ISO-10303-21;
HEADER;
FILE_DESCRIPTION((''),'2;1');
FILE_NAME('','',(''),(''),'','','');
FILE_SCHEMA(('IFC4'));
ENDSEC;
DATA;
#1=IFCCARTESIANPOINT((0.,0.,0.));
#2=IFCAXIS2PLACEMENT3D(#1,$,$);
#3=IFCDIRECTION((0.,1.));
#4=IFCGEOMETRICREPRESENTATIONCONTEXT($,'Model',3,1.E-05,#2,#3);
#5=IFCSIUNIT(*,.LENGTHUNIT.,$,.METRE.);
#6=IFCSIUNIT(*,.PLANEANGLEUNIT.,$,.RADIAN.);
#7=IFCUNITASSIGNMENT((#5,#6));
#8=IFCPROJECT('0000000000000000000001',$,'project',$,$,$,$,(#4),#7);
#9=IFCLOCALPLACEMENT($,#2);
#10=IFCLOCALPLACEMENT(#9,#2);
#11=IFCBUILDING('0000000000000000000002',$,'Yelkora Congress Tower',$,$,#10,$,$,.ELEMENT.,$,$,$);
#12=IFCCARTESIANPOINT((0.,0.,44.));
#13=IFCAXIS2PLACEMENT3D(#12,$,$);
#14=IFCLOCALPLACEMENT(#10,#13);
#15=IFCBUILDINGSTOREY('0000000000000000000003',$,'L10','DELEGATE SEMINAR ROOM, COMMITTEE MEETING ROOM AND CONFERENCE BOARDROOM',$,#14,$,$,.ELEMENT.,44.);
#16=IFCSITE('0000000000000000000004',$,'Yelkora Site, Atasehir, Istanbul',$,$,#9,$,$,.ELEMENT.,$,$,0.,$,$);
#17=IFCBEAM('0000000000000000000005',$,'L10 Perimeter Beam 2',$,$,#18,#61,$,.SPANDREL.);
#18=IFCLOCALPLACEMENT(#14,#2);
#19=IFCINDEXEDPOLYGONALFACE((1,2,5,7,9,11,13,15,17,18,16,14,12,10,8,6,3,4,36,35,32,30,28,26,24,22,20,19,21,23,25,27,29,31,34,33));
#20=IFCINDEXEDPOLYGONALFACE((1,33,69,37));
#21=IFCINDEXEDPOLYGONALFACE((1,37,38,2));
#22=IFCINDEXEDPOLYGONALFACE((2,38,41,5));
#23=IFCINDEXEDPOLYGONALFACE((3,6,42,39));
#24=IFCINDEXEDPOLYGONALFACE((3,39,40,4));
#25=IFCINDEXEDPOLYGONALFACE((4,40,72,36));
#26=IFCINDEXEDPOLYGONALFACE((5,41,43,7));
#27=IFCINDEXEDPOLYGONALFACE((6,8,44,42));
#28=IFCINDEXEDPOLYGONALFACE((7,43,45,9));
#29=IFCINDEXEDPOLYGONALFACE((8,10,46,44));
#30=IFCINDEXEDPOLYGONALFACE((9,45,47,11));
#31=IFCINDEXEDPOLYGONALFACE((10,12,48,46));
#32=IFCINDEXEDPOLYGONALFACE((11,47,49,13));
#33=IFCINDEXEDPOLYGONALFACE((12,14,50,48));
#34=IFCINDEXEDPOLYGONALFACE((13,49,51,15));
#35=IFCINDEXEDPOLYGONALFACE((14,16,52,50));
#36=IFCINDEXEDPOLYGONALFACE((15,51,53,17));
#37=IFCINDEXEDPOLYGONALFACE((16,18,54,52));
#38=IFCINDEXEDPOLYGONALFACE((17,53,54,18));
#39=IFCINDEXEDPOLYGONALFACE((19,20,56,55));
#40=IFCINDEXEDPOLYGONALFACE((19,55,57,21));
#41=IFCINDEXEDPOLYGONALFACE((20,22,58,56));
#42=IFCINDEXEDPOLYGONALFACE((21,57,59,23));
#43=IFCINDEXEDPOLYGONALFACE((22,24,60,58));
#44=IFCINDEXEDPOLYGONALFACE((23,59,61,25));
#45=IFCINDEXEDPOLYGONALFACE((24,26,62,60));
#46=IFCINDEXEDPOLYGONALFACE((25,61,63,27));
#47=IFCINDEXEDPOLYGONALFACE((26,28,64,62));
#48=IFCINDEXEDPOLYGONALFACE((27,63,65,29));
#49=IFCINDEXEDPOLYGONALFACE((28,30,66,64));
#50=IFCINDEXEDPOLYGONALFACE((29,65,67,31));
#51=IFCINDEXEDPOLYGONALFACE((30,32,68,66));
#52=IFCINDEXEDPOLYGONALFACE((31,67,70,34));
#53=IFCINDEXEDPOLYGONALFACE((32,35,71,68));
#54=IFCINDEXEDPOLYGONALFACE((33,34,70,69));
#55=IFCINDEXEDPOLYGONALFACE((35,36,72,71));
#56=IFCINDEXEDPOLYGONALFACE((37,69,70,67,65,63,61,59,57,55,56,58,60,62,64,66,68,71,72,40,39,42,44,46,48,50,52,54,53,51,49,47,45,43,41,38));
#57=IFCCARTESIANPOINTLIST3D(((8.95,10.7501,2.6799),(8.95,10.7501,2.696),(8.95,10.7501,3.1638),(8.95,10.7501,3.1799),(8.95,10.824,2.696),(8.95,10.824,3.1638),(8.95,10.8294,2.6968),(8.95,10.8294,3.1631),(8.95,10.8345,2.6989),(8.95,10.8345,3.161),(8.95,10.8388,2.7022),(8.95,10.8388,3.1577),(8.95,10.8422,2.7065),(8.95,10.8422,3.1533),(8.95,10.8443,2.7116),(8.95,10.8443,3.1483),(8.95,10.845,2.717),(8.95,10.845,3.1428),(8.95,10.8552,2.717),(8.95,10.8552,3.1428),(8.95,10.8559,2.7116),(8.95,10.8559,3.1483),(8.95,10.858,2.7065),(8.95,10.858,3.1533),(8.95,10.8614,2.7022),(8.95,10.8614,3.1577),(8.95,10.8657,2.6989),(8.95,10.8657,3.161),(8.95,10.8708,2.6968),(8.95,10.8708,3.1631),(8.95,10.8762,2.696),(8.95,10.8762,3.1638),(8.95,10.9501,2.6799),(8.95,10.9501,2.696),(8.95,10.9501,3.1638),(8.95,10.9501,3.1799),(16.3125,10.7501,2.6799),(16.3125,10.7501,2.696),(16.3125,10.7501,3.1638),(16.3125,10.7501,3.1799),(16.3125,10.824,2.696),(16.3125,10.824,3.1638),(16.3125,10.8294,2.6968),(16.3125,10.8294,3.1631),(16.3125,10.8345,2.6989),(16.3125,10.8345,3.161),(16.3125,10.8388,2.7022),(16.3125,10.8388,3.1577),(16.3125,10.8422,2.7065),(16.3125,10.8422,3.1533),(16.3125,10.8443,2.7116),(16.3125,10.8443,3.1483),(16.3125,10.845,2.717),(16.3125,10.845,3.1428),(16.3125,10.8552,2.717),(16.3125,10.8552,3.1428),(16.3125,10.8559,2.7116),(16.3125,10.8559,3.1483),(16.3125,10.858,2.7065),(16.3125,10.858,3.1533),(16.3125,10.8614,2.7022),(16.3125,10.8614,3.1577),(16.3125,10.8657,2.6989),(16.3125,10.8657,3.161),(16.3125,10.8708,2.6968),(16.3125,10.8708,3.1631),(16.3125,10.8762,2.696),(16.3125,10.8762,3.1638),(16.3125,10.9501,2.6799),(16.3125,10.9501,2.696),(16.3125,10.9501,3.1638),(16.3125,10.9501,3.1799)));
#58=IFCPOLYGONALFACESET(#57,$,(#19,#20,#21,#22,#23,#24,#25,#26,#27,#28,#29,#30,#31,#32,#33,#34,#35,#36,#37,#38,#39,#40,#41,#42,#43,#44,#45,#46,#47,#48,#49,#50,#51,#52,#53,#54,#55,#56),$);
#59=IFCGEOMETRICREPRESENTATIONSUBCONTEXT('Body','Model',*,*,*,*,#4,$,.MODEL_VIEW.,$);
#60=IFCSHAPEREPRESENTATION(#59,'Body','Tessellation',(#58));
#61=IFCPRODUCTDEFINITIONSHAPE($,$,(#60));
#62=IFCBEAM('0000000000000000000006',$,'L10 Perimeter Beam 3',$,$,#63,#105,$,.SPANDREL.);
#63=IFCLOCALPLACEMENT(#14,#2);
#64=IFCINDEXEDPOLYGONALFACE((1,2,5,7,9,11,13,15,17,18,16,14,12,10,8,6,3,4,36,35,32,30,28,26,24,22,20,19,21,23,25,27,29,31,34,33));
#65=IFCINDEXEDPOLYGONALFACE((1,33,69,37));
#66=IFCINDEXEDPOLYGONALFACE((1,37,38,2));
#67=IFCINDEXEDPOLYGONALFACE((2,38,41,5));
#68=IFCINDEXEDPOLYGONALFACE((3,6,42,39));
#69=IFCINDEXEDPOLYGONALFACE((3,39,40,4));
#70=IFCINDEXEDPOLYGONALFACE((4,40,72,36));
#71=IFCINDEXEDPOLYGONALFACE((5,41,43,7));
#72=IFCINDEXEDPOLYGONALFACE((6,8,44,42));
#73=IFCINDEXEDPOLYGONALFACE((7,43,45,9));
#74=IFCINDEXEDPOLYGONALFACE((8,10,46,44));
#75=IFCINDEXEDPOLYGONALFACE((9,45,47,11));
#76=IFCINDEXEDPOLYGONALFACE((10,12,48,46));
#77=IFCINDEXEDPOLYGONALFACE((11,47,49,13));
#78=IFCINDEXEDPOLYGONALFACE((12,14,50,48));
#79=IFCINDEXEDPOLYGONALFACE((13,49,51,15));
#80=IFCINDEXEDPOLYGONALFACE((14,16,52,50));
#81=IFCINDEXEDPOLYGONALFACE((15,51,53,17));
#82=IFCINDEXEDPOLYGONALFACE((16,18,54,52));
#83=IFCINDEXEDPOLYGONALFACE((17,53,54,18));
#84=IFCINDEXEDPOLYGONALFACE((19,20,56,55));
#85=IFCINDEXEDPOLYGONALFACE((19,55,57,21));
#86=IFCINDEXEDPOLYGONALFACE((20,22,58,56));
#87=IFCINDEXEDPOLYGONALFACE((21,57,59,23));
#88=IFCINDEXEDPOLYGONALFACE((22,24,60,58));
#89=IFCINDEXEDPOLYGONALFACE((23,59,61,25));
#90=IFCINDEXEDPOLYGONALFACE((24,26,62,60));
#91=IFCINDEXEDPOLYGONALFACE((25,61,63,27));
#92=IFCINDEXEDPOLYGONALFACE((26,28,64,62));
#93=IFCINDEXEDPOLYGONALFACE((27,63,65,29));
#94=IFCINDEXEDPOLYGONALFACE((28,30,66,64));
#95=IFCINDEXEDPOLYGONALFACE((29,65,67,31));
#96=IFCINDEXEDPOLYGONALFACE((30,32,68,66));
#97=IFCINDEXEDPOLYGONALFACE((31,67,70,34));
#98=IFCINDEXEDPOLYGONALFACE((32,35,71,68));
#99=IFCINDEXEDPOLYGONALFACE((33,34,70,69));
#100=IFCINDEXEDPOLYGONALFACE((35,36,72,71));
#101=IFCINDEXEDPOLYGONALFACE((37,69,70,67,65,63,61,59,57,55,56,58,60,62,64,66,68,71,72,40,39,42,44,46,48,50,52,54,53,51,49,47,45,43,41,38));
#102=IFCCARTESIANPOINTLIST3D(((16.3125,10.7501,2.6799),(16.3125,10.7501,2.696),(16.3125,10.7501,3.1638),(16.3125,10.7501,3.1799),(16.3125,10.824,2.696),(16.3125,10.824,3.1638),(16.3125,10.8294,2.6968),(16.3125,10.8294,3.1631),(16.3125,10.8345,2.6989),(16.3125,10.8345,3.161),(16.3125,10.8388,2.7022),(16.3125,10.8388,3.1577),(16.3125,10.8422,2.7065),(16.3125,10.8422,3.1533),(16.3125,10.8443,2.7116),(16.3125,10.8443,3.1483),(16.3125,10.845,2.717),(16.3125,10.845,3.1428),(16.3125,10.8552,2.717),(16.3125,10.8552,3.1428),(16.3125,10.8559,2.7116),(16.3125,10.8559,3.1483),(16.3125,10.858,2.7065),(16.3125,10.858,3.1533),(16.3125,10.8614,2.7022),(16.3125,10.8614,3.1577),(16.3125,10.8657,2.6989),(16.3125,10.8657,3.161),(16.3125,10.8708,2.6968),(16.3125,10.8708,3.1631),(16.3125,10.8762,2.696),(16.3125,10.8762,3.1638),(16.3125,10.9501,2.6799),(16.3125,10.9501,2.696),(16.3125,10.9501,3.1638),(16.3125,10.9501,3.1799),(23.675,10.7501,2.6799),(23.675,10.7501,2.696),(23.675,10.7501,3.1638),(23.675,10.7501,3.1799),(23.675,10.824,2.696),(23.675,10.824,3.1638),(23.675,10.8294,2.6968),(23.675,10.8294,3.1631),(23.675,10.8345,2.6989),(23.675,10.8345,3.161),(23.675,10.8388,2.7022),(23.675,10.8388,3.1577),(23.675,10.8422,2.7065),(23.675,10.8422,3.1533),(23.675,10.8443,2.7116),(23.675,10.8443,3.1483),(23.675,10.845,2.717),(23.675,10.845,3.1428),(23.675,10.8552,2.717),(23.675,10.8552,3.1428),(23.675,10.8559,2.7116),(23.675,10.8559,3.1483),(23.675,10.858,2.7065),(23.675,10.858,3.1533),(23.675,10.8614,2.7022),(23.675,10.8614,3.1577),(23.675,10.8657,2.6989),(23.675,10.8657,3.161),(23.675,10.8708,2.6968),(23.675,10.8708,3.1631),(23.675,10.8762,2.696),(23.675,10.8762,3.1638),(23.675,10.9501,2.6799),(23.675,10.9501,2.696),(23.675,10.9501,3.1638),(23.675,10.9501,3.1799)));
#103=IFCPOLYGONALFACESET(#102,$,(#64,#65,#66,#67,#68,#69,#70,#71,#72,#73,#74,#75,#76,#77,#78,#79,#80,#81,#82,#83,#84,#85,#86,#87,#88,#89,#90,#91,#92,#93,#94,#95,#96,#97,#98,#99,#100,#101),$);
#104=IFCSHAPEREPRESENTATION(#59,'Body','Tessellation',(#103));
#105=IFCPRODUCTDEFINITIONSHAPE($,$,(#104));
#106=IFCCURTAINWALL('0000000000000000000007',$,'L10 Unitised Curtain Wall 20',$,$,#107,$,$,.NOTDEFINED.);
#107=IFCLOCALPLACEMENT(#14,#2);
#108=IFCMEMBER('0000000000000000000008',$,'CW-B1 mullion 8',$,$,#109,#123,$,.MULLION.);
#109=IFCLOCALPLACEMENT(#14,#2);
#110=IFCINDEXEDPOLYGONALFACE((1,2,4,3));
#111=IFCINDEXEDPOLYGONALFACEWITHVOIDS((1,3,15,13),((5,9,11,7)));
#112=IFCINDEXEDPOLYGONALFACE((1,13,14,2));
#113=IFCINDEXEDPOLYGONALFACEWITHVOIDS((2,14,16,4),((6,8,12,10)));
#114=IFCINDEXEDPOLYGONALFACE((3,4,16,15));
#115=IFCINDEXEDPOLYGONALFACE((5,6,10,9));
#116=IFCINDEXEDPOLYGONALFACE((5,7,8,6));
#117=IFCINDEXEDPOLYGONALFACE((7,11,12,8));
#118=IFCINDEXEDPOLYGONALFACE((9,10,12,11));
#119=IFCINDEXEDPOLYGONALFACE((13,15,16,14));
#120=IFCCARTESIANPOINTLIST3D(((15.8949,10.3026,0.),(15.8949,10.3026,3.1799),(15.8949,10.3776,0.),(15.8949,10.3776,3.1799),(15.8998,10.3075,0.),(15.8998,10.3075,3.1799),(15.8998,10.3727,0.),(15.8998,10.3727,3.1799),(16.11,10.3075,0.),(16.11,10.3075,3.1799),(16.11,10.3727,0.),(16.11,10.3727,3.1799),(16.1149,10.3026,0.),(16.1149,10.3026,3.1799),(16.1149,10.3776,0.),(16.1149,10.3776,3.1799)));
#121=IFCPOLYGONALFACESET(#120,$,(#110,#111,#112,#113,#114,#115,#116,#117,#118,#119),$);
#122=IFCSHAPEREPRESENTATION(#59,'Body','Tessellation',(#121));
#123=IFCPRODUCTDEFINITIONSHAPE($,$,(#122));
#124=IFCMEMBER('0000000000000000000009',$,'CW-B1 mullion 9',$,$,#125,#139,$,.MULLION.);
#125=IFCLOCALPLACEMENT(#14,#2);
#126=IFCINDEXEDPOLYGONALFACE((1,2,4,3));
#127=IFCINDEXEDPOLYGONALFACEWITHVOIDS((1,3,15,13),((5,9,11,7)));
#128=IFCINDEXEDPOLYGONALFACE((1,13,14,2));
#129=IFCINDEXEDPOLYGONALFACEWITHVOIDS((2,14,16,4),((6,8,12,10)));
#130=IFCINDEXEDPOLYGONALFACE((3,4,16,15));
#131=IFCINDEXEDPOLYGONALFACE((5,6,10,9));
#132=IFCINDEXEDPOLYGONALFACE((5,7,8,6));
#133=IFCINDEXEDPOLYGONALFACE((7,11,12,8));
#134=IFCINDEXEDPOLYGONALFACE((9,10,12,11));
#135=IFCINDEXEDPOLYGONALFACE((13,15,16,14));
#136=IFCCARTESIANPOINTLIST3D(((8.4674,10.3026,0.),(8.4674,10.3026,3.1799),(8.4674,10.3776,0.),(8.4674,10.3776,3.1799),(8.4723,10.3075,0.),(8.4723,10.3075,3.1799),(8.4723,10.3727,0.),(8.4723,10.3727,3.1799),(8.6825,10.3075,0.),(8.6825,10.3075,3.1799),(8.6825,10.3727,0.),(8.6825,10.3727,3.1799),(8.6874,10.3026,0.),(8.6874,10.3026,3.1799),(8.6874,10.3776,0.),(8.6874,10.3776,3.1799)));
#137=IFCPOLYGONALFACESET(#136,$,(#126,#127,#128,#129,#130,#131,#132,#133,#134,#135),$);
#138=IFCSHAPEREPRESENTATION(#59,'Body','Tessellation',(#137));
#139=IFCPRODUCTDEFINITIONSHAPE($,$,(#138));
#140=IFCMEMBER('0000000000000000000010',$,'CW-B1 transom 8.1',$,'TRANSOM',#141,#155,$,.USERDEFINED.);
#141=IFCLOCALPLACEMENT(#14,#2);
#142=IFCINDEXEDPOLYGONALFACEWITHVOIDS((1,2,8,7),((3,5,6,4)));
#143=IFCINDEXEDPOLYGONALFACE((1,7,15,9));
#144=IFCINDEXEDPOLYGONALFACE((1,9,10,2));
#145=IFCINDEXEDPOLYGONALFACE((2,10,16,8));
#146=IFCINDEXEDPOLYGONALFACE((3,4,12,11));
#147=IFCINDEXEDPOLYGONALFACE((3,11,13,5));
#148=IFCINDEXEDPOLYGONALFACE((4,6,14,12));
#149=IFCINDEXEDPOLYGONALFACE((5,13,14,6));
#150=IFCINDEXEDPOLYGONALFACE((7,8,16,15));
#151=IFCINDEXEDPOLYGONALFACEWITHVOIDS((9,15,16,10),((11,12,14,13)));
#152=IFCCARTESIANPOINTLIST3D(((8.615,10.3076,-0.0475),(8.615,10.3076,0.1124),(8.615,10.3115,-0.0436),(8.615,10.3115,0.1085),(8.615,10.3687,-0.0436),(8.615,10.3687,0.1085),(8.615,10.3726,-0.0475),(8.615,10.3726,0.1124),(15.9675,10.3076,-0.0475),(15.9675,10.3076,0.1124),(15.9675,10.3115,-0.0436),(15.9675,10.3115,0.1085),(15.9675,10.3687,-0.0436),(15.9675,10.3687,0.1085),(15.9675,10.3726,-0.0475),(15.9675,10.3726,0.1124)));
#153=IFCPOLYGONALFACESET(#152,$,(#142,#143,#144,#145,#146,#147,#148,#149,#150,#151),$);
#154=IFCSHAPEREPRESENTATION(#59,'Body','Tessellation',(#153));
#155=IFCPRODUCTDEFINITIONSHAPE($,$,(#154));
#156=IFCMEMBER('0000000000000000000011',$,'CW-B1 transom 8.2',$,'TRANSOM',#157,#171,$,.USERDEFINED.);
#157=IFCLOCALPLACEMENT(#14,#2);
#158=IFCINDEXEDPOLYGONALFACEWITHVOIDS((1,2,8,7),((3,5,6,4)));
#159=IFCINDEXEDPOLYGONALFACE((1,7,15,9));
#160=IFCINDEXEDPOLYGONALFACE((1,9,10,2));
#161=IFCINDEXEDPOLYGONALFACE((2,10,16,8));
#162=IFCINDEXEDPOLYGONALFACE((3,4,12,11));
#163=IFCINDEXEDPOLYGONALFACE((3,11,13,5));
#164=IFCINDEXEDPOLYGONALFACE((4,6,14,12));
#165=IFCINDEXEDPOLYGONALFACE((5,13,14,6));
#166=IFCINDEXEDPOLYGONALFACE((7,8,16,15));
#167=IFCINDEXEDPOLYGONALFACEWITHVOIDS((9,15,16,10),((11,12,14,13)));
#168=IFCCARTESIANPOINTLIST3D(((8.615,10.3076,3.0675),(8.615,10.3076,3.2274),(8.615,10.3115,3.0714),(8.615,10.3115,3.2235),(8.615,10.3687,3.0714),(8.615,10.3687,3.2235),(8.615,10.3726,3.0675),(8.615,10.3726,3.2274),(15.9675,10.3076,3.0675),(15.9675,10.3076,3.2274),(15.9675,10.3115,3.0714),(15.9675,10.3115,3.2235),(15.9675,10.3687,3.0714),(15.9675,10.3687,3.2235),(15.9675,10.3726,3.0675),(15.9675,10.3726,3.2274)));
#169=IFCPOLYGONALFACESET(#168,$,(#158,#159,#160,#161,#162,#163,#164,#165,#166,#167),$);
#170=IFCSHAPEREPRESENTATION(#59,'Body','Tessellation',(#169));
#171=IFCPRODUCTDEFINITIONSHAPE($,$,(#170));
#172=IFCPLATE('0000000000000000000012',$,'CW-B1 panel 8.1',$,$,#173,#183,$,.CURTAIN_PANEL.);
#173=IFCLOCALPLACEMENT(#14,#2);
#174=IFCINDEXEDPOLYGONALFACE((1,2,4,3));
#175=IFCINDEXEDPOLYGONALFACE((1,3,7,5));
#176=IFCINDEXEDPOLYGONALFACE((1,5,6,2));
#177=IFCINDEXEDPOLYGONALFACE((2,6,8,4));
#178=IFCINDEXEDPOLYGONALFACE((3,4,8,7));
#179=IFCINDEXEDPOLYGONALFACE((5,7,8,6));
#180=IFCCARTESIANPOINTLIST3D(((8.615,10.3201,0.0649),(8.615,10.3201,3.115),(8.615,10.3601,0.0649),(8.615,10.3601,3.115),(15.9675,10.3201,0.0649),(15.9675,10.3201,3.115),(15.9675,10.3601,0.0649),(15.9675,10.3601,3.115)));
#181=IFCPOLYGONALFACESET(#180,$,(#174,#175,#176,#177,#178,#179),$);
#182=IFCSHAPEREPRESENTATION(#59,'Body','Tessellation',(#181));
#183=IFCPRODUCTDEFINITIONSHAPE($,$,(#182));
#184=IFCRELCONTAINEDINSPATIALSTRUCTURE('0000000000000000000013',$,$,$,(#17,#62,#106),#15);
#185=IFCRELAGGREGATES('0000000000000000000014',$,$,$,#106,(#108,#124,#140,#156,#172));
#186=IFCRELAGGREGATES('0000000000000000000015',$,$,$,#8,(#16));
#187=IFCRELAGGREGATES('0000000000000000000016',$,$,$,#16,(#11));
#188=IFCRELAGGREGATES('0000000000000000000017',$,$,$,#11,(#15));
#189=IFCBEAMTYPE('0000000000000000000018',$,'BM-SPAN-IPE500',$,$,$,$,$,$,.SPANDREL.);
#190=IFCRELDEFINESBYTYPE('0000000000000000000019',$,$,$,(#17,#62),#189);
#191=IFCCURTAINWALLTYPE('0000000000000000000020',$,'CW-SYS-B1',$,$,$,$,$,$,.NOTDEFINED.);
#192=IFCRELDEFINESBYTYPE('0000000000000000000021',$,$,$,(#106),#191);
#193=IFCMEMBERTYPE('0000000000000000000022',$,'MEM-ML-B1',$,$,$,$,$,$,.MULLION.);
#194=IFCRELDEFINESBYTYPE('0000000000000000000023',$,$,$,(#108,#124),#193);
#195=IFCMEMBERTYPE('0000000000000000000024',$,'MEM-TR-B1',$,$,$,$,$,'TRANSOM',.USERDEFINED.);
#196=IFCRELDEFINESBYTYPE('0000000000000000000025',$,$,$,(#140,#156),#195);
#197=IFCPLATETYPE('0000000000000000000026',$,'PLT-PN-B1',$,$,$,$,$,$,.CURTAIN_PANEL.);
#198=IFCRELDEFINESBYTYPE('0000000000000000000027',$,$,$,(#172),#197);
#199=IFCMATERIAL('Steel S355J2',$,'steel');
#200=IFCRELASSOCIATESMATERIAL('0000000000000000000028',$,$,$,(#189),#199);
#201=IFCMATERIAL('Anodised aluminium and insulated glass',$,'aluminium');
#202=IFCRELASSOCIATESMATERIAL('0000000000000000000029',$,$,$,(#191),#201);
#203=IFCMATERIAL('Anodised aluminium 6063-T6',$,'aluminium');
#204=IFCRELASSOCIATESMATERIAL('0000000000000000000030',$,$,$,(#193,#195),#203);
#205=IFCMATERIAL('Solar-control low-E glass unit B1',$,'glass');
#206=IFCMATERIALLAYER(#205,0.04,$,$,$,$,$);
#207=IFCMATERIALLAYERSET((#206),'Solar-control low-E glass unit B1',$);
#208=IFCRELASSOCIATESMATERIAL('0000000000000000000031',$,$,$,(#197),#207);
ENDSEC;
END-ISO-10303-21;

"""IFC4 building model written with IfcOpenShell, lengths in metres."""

from ifc_helpers import new_model, si_unit, direction, frame, origin, origin_2d, place, context, subcontext, project, spatial, rectangle, hollow_rectangle, i_section, extrude, material, layer, layer_set, material_profile, profile_set, type_object, element, aggregate, save


model = new_model("IFC4")

# Units and contexts
model_context = context("Model", 3, precision=1e-05, world=origin(), true_north=direction((0.0, 1.0)))
body_context = subcontext(model_context, "Body", "Model", "MODEL_VIEW")
ifc_project = project(units=[si_unit("LENGTHUNIT", "METRE"), si_unit("PLANEANGLEUNIT", "RADIAN")], contexts=[model_context])

# Site, building, storey
site_placement = place(None, origin())
site = spatial("IfcSite", under=ifc_project, at=site_placement, Name="Yelkora Site, Atasehir, Istanbul", CompositionType="ELEMENT", RefElevation=0.0)
building_placement = place(site_placement, origin())
building = spatial("IfcBuilding", under=site, at=building_placement, Name="Yelkora Congress Tower", CompositionType="ELEMENT")
storey_placement = place(building_placement, frame((0.0, 0.0, 44.0)))
storey = spatial("IfcBuildingStorey", under=building, at=storey_placement, Name="L10", Description="DELEGATE SEMINAR ROOM, COMMITTEE MEETING ROOM AND CONFERENCE BOARDROOM", CompositionType="ELEMENT", Elevation=44.0)

# Beams
ifc_material_1 = material(Name="Steel S355J2", Category="steel")
ifc_material_profile_1 = material_profile(ifc_material_1, i_section(OverallWidth=0.2, OverallDepth=0.5, WebThickness=0.0103, FlangeThickness=0.0161, FilletRadius=0.021, at=origin_2d()), Name="IPE 500")
ifc_profile_set_1 = profile_set([ifc_material_profile_1], Name="Steel S355J2")
beam_type_1 = type_object("IfcBeamType", Name="BM-SPAN-IPE500", PredefinedType="SPANDREL", material=ifc_profile_set_1)
for number, where, z_axis, x_axis, name in (
    (1, (8.95, 10.8501, 2.9299), (1.0, 0.0, 0.0), (0.0, 1.0, 0.0), "L10 Perimeter Beam 2"),
    (2, (16.3125, 10.8501, 2.9299), (1.0, 0.0, 0.0), (0.0, 1.0, 0.0), "L10 Perimeter Beam 3"),
):
    element("IfcBeam", number, at=place(storey_placement, frame(where, z_axis=z_axis, x_axis=x_axis)), inside=storey, type_object=beam_type_1, Name=name, PredefinedType="SPANDREL", context=body_context, shape_type="SweptSolid", body=[
        extrude(i_section(OverallWidth=0.2, OverallDepth=0.5, WebThickness=0.0103, FlangeThickness=0.0161, FilletRadius=0.021, at=origin_2d()), origin(), (0.0, 0.0, 1.0), 7.3625),
    ])

# Curtain wall, members, plate
ifc_material_2 = material(Name="Anodised aluminium and insulated glass", Category="aluminium")
curtain_wall_type = type_object("IfcCurtainWallType", Name="CW-SYS-B1", PredefinedType="NOTDEFINED", material=ifc_material_2)
curtain_wall_placement = place(storey_placement, origin())
curtain_wall = element("IfcCurtainWall", 3, at=curtain_wall_placement, inside=storey, type_object=curtain_wall_type, Name="L10 Unitised Curtain Wall 20", PredefinedType="NOTDEFINED")
ifc_material_3 = material(Name="Anodised aluminium 6063-T6", Category="aluminium")
ifc_material_profile_2 = material_profile(ifc_material_3, hollow_rectangle(XDim=0.075, YDim=0.22, WallThickness=0.0049, at=origin_2d()), Name="ALU 75x220x5")
ifc_profile_set_2 = profile_set([ifc_material_profile_2], Name="Anodised aluminium 6063-T6")
member_type_1 = type_object("IfcMemberType", Name="MEM-ML-B1", PredefinedType="MULLION", material=ifc_profile_set_2)
member_1_placement = place(storey_placement, frame((16.0049, 10.3401, 0.0), z_axis=(0.0, 0.0, 1.0), x_axis=(0.0, -1.0, 0.0)))
member_1 = element("IfcMember", 4, at=member_1_placement, type_object=member_type_1, Name="CW-B1 mullion 8", PredefinedType="MULLION", context=body_context, shape_type="SweptSolid", body=[
    extrude(hollow_rectangle(XDim=0.075, YDim=0.22, WallThickness=0.0049, at=origin_2d()), origin(), (0.0, 0.0, 1.0), 3.1799),
])
member_2_placement = place(storey_placement, frame((8.5774, 10.3401, 0.0), z_axis=(0.0, 0.0, 1.0), x_axis=(0.0, -1.0, 0.0)))
member_2 = element("IfcMember", 5, at=member_2_placement, type_object=member_type_1, Name="CW-B1 mullion 9", PredefinedType="MULLION", context=body_context, shape_type="SweptSolid", body=[
    extrude(hollow_rectangle(XDim=0.075, YDim=0.22, WallThickness=0.0049, at=origin_2d()), origin(), (0.0, 0.0, 1.0), 3.1799),
])
ifc_material_profile_3 = material_profile(ifc_material_3, hollow_rectangle(XDim=0.0649, YDim=0.1599, WallThickness=0.0039, at=origin_2d()), Name="ALU 65x160x4")
ifc_profile_set_3 = profile_set([ifc_material_profile_3], Name="Anodised aluminium 6063-T6")
member_type_2 = type_object("IfcMemberType", Name="MEM-TR-B1", ElementType="TRANSOM", PredefinedType="USERDEFINED", material=ifc_profile_set_3)
member_3_placement = place(storey_placement, frame((15.9675, 10.3401, 0.0325), z_axis=(-1.0, 0.0, 0.0), x_axis=(0.0, -1.0, 0.0)))
member_3 = element("IfcMember", 6, at=member_3_placement, type_object=member_type_2, Name="CW-B1 transom 8.1", ObjectType="TRANSOM", PredefinedType="USERDEFINED", context=body_context, shape_type="SweptSolid", body=[
    extrude(hollow_rectangle(XDim=0.0649, YDim=0.1599, WallThickness=0.0039, at=origin_2d()), origin(), (0.0, 0.0, 1.0), 7.3525),
])
member_4_placement = place(storey_placement, frame((15.9675, 10.3401, 3.1475), z_axis=(-1.0, 0.0, 0.0), x_axis=(0.0, -1.0, 0.0)))
member_4 = element("IfcMember", 7, at=member_4_placement, type_object=member_type_2, Name="CW-B1 transom 8.2", ObjectType="TRANSOM", PredefinedType="USERDEFINED", context=body_context, shape_type="SweptSolid", body=[
    extrude(hollow_rectangle(XDim=0.0649, YDim=0.1599, WallThickness=0.0039, at=origin_2d()), origin(), (0.0, 0.0, 1.0), 7.3525),
])
ifc_material_4 = material(Name="Solar-control low-E glass unit B1", Category="glass")
ifc_layer_1 = layer(ifc_material_4, 0.04)
ifc_layer_set_1 = layer_set([ifc_layer_1], Name="Solar-control low-E glass unit B1")
plate_type = type_object("IfcPlateType", Name="PLT-PN-B1", PredefinedType="CURTAIN_PANEL", material=ifc_layer_set_1)
plate_placement = place(storey_placement, frame((12.2913, 10.3401, 0.0649), z_axis=(0.0, 0.0, 1.0), x_axis=(-1.0, 0.0, 0.0)))
plate = element("IfcPlate", 8, at=plate_placement, type_object=plate_type, Name="CW-B1 panel 8.1", PredefinedType="CURTAIN_PANEL", context=body_context, shape_type="SweptSolid", body=[
    extrude(rectangle(XDim=7.3525, YDim=0.04, at=origin_2d()), origin(), (0.0, 0.0, 1.0), 3.05),
])
aggregate(curtain_wall, [member_1, member_2, member_3, member_4, plate])

save(model, "model.ifc")
